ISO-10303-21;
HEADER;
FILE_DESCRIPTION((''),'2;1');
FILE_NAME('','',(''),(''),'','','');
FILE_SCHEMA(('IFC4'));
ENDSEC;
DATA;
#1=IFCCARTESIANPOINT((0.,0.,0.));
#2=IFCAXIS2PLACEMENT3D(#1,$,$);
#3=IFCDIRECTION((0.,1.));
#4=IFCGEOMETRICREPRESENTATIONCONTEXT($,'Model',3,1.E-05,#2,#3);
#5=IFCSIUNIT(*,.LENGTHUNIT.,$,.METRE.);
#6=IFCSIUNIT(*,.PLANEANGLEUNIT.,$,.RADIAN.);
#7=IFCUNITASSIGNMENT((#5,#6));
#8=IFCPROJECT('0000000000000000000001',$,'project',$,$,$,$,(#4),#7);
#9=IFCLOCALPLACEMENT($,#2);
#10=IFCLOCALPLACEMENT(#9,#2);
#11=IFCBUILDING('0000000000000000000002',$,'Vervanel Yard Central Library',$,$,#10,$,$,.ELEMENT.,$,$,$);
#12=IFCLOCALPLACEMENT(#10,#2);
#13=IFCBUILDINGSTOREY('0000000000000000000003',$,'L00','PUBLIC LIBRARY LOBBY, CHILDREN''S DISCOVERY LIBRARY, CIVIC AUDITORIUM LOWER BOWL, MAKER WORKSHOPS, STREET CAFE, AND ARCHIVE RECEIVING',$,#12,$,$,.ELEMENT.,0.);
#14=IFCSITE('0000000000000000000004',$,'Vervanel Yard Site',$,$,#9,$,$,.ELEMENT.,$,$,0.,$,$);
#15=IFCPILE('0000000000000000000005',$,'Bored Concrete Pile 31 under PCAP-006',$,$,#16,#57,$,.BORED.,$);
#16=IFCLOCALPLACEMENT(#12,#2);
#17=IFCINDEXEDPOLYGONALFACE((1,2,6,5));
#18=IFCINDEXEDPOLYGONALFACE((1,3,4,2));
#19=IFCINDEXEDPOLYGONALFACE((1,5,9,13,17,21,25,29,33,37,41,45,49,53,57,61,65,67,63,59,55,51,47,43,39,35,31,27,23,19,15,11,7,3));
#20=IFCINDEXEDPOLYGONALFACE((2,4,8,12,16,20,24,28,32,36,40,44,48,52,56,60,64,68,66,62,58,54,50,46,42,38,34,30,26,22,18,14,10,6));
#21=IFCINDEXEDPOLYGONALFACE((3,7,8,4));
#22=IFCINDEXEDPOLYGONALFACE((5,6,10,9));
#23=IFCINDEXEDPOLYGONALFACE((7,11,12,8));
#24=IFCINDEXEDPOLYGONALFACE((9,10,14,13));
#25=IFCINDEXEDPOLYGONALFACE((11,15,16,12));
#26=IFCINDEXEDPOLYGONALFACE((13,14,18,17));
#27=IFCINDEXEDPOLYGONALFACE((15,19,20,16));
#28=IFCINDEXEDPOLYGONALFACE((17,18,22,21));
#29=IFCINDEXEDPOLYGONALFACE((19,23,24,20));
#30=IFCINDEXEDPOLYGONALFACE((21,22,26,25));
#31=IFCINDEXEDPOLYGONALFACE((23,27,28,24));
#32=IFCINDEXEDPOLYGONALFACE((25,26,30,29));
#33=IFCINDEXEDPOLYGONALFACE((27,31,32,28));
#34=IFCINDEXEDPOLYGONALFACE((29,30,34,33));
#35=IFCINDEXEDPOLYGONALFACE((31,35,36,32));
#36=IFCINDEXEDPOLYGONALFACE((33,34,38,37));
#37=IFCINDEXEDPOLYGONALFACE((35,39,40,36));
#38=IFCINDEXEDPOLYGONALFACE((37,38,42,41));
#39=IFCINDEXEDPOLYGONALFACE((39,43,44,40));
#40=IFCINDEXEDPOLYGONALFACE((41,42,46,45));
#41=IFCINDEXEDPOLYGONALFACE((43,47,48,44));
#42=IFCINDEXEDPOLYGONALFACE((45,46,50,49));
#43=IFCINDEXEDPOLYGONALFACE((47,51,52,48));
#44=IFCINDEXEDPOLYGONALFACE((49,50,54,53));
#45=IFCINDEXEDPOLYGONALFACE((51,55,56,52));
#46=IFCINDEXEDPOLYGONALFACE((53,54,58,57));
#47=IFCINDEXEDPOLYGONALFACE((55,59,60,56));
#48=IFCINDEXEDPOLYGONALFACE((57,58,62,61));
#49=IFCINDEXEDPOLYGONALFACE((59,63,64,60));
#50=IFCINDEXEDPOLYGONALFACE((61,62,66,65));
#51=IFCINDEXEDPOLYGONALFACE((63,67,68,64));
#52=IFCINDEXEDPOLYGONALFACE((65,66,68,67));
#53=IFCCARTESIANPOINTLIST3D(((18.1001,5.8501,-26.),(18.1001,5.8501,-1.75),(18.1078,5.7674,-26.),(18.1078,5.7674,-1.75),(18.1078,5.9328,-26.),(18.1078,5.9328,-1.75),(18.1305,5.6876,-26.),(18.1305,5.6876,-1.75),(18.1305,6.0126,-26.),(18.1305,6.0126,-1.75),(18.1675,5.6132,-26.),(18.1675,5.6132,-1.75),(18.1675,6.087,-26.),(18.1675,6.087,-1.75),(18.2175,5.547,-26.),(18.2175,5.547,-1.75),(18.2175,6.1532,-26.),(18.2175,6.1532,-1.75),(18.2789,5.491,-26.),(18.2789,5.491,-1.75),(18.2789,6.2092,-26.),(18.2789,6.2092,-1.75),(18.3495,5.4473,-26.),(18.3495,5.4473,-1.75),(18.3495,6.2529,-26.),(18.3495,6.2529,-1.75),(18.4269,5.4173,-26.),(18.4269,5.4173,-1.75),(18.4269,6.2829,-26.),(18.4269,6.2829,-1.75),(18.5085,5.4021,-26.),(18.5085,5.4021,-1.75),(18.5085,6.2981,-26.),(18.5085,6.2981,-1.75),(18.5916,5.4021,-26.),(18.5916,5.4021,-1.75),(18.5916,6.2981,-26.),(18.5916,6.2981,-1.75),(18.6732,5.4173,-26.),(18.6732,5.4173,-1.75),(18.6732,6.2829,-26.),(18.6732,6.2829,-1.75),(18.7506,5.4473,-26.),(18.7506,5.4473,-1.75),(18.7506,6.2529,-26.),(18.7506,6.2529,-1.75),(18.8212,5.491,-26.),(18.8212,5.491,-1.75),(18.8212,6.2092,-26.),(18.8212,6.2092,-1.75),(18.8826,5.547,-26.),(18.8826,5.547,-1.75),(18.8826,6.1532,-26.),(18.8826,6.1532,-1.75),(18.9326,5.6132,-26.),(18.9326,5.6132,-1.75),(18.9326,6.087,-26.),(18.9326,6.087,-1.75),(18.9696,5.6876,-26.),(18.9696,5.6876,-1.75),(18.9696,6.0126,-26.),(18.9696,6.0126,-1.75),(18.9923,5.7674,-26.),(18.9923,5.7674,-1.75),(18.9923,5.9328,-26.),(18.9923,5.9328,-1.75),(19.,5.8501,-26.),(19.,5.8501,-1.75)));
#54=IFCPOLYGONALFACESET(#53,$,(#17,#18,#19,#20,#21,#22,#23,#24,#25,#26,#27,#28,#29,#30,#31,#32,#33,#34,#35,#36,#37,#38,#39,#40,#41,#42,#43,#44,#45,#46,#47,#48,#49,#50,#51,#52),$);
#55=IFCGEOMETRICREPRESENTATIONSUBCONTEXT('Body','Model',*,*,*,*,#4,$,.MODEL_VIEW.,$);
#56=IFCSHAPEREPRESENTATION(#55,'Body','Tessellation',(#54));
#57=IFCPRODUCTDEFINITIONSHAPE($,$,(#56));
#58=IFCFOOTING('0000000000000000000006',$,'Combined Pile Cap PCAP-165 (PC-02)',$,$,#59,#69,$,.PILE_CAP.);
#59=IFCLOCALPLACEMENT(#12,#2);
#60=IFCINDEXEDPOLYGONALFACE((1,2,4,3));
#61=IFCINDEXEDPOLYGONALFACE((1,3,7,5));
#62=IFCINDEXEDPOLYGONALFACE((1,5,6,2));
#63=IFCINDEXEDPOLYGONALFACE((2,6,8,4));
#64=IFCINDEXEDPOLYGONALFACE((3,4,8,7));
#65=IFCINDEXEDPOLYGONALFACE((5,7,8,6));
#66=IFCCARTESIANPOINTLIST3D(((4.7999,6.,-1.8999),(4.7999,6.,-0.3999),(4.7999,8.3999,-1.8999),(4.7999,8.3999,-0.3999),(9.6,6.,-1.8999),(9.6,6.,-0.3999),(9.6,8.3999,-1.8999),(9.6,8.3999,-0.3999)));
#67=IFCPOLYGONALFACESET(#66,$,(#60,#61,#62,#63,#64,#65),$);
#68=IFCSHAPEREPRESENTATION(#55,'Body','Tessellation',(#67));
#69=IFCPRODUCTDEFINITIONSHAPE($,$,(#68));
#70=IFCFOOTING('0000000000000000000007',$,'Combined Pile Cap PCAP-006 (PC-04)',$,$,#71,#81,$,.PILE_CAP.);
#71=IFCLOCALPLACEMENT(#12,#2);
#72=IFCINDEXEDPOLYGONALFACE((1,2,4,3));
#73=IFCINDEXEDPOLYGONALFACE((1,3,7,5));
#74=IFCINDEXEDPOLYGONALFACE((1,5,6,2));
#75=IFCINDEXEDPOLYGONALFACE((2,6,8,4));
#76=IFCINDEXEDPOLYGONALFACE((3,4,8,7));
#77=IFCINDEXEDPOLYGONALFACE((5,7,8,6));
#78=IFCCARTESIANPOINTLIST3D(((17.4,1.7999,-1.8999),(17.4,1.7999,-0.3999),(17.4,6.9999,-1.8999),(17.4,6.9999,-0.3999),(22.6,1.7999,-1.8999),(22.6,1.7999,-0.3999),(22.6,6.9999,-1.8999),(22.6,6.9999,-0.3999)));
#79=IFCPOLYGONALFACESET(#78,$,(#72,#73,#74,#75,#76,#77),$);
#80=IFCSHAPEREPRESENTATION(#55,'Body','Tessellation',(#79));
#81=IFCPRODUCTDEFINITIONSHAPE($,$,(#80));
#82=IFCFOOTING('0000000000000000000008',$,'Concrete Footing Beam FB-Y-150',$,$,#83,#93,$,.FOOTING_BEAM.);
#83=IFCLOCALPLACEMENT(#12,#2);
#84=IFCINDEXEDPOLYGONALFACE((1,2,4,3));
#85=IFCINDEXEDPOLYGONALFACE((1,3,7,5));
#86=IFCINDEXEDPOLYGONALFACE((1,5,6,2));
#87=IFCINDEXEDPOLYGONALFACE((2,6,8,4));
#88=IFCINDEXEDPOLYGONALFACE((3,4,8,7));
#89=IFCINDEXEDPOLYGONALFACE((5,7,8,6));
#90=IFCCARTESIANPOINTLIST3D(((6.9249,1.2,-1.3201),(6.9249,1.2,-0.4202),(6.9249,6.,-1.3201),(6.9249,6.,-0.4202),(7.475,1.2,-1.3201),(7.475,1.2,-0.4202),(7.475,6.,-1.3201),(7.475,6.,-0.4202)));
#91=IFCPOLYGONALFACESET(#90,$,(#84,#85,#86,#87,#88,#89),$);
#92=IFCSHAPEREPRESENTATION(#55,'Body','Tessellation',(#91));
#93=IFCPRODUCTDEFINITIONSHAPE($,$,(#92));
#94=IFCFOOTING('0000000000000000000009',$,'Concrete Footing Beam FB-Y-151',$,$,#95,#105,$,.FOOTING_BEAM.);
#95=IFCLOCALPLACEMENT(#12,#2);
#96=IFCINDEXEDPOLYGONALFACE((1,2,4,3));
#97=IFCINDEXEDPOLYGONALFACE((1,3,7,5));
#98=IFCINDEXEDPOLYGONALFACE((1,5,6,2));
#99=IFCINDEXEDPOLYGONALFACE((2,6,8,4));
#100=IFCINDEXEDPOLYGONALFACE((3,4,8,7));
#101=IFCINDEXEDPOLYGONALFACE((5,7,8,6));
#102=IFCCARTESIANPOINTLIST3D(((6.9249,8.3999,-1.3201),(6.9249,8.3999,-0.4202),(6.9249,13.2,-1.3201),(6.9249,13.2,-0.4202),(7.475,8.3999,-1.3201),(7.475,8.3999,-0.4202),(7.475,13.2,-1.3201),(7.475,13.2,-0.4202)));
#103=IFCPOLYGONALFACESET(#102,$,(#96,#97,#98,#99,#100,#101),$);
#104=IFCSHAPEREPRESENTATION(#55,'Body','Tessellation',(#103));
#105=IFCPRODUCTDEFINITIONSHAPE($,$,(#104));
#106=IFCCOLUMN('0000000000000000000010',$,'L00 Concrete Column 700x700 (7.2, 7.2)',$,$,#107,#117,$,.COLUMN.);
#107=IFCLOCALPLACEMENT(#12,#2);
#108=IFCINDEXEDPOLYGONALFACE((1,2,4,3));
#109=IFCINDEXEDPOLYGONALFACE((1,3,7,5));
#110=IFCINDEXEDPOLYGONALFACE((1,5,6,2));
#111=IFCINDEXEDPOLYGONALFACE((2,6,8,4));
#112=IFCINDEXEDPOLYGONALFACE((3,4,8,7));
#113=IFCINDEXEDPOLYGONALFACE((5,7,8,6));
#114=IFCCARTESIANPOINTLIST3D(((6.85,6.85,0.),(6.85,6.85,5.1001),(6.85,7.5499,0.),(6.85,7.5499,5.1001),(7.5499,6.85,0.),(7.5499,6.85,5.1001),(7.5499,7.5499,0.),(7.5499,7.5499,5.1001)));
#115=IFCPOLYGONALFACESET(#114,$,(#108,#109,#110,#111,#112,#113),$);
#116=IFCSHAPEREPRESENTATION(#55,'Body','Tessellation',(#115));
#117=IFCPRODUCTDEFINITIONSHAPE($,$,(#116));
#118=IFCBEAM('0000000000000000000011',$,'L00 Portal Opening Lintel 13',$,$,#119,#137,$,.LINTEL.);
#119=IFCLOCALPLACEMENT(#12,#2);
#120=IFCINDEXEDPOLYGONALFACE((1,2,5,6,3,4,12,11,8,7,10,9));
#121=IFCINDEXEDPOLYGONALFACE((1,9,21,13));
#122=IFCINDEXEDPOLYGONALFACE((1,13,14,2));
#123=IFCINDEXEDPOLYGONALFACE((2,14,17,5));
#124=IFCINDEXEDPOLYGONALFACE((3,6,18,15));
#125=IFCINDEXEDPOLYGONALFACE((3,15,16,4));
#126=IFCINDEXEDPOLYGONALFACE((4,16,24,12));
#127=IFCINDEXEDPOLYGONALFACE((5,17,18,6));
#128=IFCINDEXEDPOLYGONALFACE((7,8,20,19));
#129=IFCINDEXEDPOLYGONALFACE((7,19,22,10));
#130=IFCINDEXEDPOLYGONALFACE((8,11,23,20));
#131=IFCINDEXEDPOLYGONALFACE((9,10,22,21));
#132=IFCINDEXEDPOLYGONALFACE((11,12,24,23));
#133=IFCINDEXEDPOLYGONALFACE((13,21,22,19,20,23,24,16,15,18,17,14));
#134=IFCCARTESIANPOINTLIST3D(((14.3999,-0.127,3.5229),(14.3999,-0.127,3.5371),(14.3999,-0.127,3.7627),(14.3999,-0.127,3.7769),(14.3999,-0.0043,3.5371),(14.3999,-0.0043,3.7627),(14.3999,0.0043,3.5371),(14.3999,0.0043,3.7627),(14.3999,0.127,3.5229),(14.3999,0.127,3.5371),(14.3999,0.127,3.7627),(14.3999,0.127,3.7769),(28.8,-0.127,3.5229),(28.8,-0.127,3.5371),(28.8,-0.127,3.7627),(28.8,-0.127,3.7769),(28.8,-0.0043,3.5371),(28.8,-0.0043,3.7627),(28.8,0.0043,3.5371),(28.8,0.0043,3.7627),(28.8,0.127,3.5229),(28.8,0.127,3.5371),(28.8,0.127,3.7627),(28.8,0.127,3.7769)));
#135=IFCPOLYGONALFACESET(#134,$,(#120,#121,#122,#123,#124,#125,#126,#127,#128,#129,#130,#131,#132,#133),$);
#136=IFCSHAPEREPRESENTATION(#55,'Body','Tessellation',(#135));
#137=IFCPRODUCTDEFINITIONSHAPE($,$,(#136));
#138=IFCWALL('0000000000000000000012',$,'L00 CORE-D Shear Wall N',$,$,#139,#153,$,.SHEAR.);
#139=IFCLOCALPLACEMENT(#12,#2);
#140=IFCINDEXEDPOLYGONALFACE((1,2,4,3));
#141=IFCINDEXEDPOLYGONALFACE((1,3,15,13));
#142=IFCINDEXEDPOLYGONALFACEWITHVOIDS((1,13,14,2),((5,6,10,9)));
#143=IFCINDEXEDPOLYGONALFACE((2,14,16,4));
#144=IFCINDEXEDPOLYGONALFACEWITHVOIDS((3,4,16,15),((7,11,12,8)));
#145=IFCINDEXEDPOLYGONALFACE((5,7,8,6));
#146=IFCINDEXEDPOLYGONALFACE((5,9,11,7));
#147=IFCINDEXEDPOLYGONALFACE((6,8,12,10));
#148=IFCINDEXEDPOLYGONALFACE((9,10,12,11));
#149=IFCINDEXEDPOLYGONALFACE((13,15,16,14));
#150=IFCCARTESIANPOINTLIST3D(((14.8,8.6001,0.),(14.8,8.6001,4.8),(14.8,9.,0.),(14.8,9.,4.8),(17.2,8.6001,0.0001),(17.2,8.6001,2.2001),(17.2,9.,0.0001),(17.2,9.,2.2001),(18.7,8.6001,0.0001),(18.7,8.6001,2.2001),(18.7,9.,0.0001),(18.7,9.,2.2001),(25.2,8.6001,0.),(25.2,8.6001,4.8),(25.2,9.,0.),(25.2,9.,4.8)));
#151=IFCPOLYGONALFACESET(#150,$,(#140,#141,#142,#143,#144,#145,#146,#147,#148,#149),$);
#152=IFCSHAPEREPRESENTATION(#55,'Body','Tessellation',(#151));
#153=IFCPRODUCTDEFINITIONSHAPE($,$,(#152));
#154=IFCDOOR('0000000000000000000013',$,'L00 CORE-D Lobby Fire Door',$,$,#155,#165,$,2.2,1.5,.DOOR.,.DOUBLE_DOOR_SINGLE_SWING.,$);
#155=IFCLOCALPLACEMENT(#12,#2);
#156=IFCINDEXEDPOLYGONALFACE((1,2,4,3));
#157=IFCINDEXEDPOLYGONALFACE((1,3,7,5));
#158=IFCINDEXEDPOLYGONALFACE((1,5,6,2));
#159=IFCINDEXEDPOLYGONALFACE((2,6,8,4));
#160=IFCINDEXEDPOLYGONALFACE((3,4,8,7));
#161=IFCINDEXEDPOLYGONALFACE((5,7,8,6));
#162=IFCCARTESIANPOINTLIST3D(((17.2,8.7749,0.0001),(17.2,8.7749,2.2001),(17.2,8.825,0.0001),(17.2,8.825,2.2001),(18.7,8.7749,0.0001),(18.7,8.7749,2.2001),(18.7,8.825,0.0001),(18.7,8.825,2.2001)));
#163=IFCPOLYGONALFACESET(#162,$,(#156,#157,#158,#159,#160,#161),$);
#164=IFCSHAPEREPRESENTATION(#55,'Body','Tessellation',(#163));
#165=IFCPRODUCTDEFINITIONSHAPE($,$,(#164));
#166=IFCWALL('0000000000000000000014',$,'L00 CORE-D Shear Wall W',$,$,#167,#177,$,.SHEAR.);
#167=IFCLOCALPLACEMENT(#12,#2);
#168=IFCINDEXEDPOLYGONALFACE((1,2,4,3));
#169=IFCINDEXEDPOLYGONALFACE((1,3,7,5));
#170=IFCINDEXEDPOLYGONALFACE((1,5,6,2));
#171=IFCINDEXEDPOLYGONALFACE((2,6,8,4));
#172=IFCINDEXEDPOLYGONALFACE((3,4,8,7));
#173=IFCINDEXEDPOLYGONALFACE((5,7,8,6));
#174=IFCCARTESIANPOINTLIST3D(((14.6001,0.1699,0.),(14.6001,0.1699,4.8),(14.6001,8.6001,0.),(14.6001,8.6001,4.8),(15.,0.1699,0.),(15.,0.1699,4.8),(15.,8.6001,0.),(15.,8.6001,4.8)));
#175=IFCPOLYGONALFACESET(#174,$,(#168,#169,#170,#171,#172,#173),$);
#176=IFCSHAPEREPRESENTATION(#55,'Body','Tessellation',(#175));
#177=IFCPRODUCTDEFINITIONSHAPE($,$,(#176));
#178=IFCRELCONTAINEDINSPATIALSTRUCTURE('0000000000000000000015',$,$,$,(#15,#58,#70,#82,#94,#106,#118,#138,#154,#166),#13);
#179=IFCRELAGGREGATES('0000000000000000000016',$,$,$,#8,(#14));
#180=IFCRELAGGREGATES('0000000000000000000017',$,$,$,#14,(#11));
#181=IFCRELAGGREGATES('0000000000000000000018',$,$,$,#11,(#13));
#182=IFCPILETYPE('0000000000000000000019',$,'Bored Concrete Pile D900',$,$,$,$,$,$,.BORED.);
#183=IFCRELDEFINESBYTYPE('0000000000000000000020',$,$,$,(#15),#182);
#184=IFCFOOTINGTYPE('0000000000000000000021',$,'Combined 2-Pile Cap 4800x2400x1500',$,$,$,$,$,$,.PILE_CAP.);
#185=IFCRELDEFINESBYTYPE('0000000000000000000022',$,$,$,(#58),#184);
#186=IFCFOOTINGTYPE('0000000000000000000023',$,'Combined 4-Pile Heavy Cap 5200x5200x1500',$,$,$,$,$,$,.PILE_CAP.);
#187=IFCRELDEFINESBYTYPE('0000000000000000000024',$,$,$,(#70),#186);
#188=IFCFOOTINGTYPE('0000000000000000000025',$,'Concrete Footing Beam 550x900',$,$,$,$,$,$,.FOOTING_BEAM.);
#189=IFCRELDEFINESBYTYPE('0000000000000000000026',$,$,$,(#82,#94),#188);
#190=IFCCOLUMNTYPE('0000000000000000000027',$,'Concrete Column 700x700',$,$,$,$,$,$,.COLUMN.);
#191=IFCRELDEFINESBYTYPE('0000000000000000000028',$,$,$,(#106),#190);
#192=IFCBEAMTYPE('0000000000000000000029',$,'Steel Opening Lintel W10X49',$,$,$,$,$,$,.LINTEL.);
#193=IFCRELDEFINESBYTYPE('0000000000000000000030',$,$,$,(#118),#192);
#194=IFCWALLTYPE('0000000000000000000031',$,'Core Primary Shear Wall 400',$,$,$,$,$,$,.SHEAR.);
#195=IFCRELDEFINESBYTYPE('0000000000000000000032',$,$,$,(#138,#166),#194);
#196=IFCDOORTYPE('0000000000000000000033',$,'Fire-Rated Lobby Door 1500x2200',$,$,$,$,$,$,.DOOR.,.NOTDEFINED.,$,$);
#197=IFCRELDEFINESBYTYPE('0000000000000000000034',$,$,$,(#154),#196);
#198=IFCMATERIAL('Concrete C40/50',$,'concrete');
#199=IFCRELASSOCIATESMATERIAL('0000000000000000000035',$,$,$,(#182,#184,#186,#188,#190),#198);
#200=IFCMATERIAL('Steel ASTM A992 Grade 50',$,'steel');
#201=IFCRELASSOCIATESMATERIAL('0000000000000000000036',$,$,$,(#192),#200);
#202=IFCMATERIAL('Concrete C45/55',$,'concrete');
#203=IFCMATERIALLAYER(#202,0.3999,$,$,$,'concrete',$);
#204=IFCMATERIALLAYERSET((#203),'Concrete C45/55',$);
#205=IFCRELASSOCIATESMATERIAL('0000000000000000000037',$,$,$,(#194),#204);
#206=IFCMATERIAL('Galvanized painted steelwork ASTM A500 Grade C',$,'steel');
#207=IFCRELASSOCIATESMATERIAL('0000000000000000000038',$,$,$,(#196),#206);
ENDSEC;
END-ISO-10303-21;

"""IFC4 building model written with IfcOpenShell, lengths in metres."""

from ifc_helpers import new_model, si_unit, direction, frame, frame_2d, origin, origin_2d, place, context, subcontext, project, spatial, rectangle, circle, i_section, extrude, material, layer, layer_set, material_profile, profile_set, type_object, element, fill, save


model = new_model("IFC4")

# Units and contexts
model_context = context("Model", 3, precision=1e-05, world=origin(), true_north=direction((0.0, 1.0)))
body_context = subcontext(model_context, "Body", "Model", "MODEL_VIEW")
ifc_project = project(units=[si_unit("LENGTHUNIT", "METRE"), si_unit("PLANEANGLEUNIT", "RADIAN")], contexts=[model_context])

# Site, building, storey
site_placement = place(None, origin())
site = spatial("IfcSite", under=ifc_project, at=site_placement, Name="Vervanel Yard Site", CompositionType="ELEMENT", RefElevation=0.0)
building_placement = place(site_placement, origin())
building = spatial("IfcBuilding", under=site, at=building_placement, Name="Vervanel Yard Central Library", CompositionType="ELEMENT")
storey_placement = place(building_placement, origin())
storey = spatial("IfcBuildingStorey", under=building, at=storey_placement, Name="L00", Description="PUBLIC LIBRARY LOBBY, CHILDREN'S DISCOVERY LIBRARY, CIVIC AUDITORIUM LOWER BOWL, MAKER WORKSHOPS, STREET CAFE, AND ARCHIVE RECEIVING", CompositionType="ELEMENT", Elevation=0.0)

# Pile
ifc_material_1 = material(Name="Concrete C40/50", Category="concrete")
ifc_material_profile_1 = material_profile(ifc_material_1, circle(Radius=0.45, at=origin_2d()), Name="BP D900", Category="concrete")
ifc_profile_set_1 = profile_set([ifc_material_profile_1], Name="Concrete C40/50")
pile_type_1 = type_object("IfcPileType", Name="Bored Concrete Pile D900", PredefinedType="BORED", material=ifc_profile_set_1)
for number, where, z_axis, x_axis, name in (
    (1, (18.55, 5.8501, -1.75), (0.0, 0.0, -1.0), (1.0, 0.0, 0.0), "Bored Concrete Pile 31 under PCAP-006"),
):
    element("IfcPile", number, at=place(storey_placement, frame(where, z_axis=z_axis, x_axis=x_axis)), inside=storey, type_object=pile_type_1, Name=name, PredefinedType="BORED", context=body_context, shape_type="SweptSolid", body=[
        extrude(circle(Radius=0.45, at=origin_2d()), origin(), (0.0, 0.0, 1.0), 24.25),
    ])

# Footings
footing_type_1 = type_object("IfcFootingType", Name="Combined 2-Pile Cap 4800x2400x1500", PredefinedType="PILE_CAP", material=ifc_material_1)
footing_1_placement = place(storey_placement, frame((7.2, 7.2, -1.8999), z_axis=(0.0, 0.0, 1.0), x_axis=(1.0, 0.0, 0.0)))
element("IfcFooting", 2, at=footing_1_placement, inside=storey, type_object=footing_type_1, Name="Combined Pile Cap PCAP-165 (PC-02)", PredefinedType="PILE_CAP", context=body_context, shape_type="SweptSolid", body=[
    extrude(rectangle(XDim=4.8, YDim=2.3999, at=origin_2d()), origin(), (0.0, 0.0, 1.0), 1.5),
])
footing_type_2 = type_object("IfcFootingType", Name="Combined 4-Pile Heavy Cap 5200x5200x1500", PredefinedType="PILE_CAP", material=ifc_material_1)
footing_2_placement = place(storey_placement, frame((20.0, 4.3999, -1.8999), z_axis=(0.0, 0.0, 1.0), x_axis=(1.0, 0.0, 0.0)))
element("IfcFooting", 3, at=footing_2_placement, inside=storey, type_object=footing_type_2, Name="Combined Pile Cap PCAP-006 (PC-04)", PredefinedType="PILE_CAP", context=body_context, shape_type="SweptSolid", body=[
    extrude(rectangle(XDim=5.2, YDim=5.2, at=origin_2d()), origin(), (0.0, 0.0, 1.0), 1.5),
])
ifc_material_profile_2 = material_profile(ifc_material_1, rectangle(XDim=0.55, YDim=0.8999, at=origin_2d()), Name="RC 550x900", Category="concrete")
ifc_profile_set_2 = profile_set([ifc_material_profile_2], Name="Concrete C40/50")
footing_type_3 = type_object("IfcFootingType", Name="Concrete Footing Beam 550x900", PredefinedType="FOOTING_BEAM", material=ifc_profile_set_2)
for number, where, z_axis, x_axis, name in (
    (4, (7.2, 1.2, -0.8701), (0.0, 1.0, 0.0), (-1.0, 0.0, 0.0), "Concrete Footing Beam FB-Y-150"),
    (5, (7.2, 8.3999, -0.8701), (0.0, 1.0, 0.0), (-1.0, 0.0, 0.0), "Concrete Footing Beam FB-Y-151"),
):
    element("IfcFooting", number, at=place(storey_placement, frame(where, z_axis=z_axis, x_axis=x_axis)), inside=storey, type_object=footing_type_3, Name=name, PredefinedType="FOOTING_BEAM", context=body_context, shape_type="SweptSolid", body=[
        extrude(rectangle(XDim=0.55, YDim=0.8999, at=origin_2d()), origin(), (0.0, 0.0, 1.0), 4.8),
    ])

# Column
ifc_material_profile_3 = material_profile(ifc_material_1, rectangle(XDim=0.7, YDim=0.7, at=origin_2d()), Name="RC 700x700", Category="concrete")
ifc_profile_set_3 = profile_set([ifc_material_profile_3], Name="Concrete C40/50")
column_type = type_object("IfcColumnType", Name="Concrete Column 700x700", PredefinedType="COLUMN", material=ifc_profile_set_3)
column_placement = place(storey_placement, frame((7.2, 7.2, 0.0), z_axis=(0.0, 0.0, 1.0), x_axis=(1.0, 0.0, 0.0)))
element("IfcColumn", 6, at=column_placement, inside=storey, type_object=column_type, Name="L00 Concrete Column 700x700 (7.2, 7.2)", PredefinedType="COLUMN", context=body_context, shape_type="SweptSolid", body=[
    extrude(rectangle(XDim=0.7, YDim=0.7, at=origin_2d()), origin(), (0.0, 0.0, 1.0), 5.1001),
])

# Beam
ifc_material_2 = material(Name="Steel ASTM A992 Grade 50", Category="steel")
ifc_material_profile_4 = material_profile(ifc_material_2, i_section(OverallWidth=0.2539, OverallDepth=0.2539, WebThickness=0.0085, FlangeThickness=0.0142, at=origin_2d()), Name="W10X49", Category="steel")
ifc_profile_set_4 = profile_set([ifc_material_profile_4], Name="Steel ASTM A992 Grade 50")
beam_type = type_object("IfcBeamType", Name="Steel Opening Lintel W10X49", PredefinedType="LINTEL", material=ifc_profile_set_4)
beam_placement = place(storey_placement, frame((14.3999, 0.0, 3.6499), z_axis=(1.0, 0.0, 0.0), x_axis=(0.0, 1.0, 0.0)))
element("IfcBeam", 7, at=beam_placement, inside=storey, type_object=beam_type, Name="L00 Portal Opening Lintel 13", PredefinedType="LINTEL", context=body_context, shape_type="SweptSolid", body=[
    extrude(i_section(OverallWidth=0.2539, OverallDepth=0.2539, WebThickness=0.0085, FlangeThickness=0.0142, at=origin_2d()), origin(), (0.0, 0.0, 1.0), 14.4001),
])

# Wall, opening, door
ifc_material_3 = material(Name="Concrete C45/55", Category="concrete")
ifc_layer_1 = layer(ifc_material_3, 0.3999, Category="concrete")
ifc_layer_set_1 = layer_set([ifc_layer_1], Name="Concrete C45/55")
wall_type_1 = type_object("IfcWallType", Name="Core Primary Shear Wall 400", PredefinedType="SHEAR", material=ifc_layer_set_1)
wall_1_placement = place(storey_placement, frame((14.8, 8.8, 0.0), z_axis=(0.0, 0.0, 1.0), x_axis=(1.0, 0.0, 0.0)))
wall_1 = element("IfcWall", 8, at=wall_1_placement, inside=storey, type_object=wall_type_1, Name="L00 CORE-D Shear Wall N", PredefinedType="SHEAR", context=body_context, shape_type="SweptSolid", body=[
    extrude(rectangle(XDim=10.3999, YDim=0.3999, at=frame_2d((5.2, 0.0))), origin(), (0.0, 0.0, 1.0), 4.8),
])
opening_1_placement = place(wall_1_placement, frame((2.3999, 0.0, 0.0)))
opening_1 = element("IfcOpeningElement", 9, at=opening_1_placement, cuts=wall_1, PredefinedType="OPENING", context=body_context, shape_type="SweptSolid", body=[
    extrude(rectangle(XDim=1.5, YDim=2.2, at=frame_2d((0.75, 1.1001))), frame((0.0, 0.21, 0.0), z_axis=(0.0, -1.0, 0.0), x_axis=(1.0, 0.0, 0.0)), (0.0, 0.0, 1.0), 0.4199),
])
ifc_material_4 = material(Name="Galvanized painted steelwork ASTM A500 Grade C", Category="steel")
door_type_1 = type_object("IfcDoorType", Name="Fire-Rated Lobby Door 1500x2200", OperationType="NOTDEFINED", PredefinedType="DOOR", material=ifc_material_4)
door_1_placement = place(opening_1_placement, origin())
door_1 = element("IfcDoor", 10, at=door_1_placement, inside=storey, type_object=door_type_1, Name="L00 CORE-D Lobby Fire Door", OperationType="DOUBLE_DOOR_SINGLE_SWING", OverallHeight=2.2, OverallWidth=1.5, PredefinedType="DOOR", context=body_context, shape_type="SweptSolid", body=[
    extrude(rectangle(XDim=1.5, YDim=2.2, at=frame_2d((0.75, 1.1001))), frame((0.0, 0.0249, 0.0), z_axis=(0.0, -1.0, 0.0), x_axis=(1.0, 0.0, 0.0)), (0.0, 0.0, 1.0), 0.05),
])
fill(opening_1, door_1)

# Wall
wall_2_placement = place(storey_placement, frame((14.8, 0.1699, 0.0), z_axis=(0.0, 0.0, 1.0), x_axis=(0.0, 1.0, 0.0)))
element("IfcWall", 11, at=wall_2_placement, inside=storey, type_object=wall_type_1, Name="L00 CORE-D Shear Wall W", PredefinedType="SHEAR", context=body_context, shape_type="SweptSolid", body=[
    extrude(rectangle(XDim=8.4302, YDim=0.3999, at=frame_2d((4.2151, 0.0))), origin(), (0.0, 0.0, 1.0), 4.8),
])

save(model, "model.ifc")
